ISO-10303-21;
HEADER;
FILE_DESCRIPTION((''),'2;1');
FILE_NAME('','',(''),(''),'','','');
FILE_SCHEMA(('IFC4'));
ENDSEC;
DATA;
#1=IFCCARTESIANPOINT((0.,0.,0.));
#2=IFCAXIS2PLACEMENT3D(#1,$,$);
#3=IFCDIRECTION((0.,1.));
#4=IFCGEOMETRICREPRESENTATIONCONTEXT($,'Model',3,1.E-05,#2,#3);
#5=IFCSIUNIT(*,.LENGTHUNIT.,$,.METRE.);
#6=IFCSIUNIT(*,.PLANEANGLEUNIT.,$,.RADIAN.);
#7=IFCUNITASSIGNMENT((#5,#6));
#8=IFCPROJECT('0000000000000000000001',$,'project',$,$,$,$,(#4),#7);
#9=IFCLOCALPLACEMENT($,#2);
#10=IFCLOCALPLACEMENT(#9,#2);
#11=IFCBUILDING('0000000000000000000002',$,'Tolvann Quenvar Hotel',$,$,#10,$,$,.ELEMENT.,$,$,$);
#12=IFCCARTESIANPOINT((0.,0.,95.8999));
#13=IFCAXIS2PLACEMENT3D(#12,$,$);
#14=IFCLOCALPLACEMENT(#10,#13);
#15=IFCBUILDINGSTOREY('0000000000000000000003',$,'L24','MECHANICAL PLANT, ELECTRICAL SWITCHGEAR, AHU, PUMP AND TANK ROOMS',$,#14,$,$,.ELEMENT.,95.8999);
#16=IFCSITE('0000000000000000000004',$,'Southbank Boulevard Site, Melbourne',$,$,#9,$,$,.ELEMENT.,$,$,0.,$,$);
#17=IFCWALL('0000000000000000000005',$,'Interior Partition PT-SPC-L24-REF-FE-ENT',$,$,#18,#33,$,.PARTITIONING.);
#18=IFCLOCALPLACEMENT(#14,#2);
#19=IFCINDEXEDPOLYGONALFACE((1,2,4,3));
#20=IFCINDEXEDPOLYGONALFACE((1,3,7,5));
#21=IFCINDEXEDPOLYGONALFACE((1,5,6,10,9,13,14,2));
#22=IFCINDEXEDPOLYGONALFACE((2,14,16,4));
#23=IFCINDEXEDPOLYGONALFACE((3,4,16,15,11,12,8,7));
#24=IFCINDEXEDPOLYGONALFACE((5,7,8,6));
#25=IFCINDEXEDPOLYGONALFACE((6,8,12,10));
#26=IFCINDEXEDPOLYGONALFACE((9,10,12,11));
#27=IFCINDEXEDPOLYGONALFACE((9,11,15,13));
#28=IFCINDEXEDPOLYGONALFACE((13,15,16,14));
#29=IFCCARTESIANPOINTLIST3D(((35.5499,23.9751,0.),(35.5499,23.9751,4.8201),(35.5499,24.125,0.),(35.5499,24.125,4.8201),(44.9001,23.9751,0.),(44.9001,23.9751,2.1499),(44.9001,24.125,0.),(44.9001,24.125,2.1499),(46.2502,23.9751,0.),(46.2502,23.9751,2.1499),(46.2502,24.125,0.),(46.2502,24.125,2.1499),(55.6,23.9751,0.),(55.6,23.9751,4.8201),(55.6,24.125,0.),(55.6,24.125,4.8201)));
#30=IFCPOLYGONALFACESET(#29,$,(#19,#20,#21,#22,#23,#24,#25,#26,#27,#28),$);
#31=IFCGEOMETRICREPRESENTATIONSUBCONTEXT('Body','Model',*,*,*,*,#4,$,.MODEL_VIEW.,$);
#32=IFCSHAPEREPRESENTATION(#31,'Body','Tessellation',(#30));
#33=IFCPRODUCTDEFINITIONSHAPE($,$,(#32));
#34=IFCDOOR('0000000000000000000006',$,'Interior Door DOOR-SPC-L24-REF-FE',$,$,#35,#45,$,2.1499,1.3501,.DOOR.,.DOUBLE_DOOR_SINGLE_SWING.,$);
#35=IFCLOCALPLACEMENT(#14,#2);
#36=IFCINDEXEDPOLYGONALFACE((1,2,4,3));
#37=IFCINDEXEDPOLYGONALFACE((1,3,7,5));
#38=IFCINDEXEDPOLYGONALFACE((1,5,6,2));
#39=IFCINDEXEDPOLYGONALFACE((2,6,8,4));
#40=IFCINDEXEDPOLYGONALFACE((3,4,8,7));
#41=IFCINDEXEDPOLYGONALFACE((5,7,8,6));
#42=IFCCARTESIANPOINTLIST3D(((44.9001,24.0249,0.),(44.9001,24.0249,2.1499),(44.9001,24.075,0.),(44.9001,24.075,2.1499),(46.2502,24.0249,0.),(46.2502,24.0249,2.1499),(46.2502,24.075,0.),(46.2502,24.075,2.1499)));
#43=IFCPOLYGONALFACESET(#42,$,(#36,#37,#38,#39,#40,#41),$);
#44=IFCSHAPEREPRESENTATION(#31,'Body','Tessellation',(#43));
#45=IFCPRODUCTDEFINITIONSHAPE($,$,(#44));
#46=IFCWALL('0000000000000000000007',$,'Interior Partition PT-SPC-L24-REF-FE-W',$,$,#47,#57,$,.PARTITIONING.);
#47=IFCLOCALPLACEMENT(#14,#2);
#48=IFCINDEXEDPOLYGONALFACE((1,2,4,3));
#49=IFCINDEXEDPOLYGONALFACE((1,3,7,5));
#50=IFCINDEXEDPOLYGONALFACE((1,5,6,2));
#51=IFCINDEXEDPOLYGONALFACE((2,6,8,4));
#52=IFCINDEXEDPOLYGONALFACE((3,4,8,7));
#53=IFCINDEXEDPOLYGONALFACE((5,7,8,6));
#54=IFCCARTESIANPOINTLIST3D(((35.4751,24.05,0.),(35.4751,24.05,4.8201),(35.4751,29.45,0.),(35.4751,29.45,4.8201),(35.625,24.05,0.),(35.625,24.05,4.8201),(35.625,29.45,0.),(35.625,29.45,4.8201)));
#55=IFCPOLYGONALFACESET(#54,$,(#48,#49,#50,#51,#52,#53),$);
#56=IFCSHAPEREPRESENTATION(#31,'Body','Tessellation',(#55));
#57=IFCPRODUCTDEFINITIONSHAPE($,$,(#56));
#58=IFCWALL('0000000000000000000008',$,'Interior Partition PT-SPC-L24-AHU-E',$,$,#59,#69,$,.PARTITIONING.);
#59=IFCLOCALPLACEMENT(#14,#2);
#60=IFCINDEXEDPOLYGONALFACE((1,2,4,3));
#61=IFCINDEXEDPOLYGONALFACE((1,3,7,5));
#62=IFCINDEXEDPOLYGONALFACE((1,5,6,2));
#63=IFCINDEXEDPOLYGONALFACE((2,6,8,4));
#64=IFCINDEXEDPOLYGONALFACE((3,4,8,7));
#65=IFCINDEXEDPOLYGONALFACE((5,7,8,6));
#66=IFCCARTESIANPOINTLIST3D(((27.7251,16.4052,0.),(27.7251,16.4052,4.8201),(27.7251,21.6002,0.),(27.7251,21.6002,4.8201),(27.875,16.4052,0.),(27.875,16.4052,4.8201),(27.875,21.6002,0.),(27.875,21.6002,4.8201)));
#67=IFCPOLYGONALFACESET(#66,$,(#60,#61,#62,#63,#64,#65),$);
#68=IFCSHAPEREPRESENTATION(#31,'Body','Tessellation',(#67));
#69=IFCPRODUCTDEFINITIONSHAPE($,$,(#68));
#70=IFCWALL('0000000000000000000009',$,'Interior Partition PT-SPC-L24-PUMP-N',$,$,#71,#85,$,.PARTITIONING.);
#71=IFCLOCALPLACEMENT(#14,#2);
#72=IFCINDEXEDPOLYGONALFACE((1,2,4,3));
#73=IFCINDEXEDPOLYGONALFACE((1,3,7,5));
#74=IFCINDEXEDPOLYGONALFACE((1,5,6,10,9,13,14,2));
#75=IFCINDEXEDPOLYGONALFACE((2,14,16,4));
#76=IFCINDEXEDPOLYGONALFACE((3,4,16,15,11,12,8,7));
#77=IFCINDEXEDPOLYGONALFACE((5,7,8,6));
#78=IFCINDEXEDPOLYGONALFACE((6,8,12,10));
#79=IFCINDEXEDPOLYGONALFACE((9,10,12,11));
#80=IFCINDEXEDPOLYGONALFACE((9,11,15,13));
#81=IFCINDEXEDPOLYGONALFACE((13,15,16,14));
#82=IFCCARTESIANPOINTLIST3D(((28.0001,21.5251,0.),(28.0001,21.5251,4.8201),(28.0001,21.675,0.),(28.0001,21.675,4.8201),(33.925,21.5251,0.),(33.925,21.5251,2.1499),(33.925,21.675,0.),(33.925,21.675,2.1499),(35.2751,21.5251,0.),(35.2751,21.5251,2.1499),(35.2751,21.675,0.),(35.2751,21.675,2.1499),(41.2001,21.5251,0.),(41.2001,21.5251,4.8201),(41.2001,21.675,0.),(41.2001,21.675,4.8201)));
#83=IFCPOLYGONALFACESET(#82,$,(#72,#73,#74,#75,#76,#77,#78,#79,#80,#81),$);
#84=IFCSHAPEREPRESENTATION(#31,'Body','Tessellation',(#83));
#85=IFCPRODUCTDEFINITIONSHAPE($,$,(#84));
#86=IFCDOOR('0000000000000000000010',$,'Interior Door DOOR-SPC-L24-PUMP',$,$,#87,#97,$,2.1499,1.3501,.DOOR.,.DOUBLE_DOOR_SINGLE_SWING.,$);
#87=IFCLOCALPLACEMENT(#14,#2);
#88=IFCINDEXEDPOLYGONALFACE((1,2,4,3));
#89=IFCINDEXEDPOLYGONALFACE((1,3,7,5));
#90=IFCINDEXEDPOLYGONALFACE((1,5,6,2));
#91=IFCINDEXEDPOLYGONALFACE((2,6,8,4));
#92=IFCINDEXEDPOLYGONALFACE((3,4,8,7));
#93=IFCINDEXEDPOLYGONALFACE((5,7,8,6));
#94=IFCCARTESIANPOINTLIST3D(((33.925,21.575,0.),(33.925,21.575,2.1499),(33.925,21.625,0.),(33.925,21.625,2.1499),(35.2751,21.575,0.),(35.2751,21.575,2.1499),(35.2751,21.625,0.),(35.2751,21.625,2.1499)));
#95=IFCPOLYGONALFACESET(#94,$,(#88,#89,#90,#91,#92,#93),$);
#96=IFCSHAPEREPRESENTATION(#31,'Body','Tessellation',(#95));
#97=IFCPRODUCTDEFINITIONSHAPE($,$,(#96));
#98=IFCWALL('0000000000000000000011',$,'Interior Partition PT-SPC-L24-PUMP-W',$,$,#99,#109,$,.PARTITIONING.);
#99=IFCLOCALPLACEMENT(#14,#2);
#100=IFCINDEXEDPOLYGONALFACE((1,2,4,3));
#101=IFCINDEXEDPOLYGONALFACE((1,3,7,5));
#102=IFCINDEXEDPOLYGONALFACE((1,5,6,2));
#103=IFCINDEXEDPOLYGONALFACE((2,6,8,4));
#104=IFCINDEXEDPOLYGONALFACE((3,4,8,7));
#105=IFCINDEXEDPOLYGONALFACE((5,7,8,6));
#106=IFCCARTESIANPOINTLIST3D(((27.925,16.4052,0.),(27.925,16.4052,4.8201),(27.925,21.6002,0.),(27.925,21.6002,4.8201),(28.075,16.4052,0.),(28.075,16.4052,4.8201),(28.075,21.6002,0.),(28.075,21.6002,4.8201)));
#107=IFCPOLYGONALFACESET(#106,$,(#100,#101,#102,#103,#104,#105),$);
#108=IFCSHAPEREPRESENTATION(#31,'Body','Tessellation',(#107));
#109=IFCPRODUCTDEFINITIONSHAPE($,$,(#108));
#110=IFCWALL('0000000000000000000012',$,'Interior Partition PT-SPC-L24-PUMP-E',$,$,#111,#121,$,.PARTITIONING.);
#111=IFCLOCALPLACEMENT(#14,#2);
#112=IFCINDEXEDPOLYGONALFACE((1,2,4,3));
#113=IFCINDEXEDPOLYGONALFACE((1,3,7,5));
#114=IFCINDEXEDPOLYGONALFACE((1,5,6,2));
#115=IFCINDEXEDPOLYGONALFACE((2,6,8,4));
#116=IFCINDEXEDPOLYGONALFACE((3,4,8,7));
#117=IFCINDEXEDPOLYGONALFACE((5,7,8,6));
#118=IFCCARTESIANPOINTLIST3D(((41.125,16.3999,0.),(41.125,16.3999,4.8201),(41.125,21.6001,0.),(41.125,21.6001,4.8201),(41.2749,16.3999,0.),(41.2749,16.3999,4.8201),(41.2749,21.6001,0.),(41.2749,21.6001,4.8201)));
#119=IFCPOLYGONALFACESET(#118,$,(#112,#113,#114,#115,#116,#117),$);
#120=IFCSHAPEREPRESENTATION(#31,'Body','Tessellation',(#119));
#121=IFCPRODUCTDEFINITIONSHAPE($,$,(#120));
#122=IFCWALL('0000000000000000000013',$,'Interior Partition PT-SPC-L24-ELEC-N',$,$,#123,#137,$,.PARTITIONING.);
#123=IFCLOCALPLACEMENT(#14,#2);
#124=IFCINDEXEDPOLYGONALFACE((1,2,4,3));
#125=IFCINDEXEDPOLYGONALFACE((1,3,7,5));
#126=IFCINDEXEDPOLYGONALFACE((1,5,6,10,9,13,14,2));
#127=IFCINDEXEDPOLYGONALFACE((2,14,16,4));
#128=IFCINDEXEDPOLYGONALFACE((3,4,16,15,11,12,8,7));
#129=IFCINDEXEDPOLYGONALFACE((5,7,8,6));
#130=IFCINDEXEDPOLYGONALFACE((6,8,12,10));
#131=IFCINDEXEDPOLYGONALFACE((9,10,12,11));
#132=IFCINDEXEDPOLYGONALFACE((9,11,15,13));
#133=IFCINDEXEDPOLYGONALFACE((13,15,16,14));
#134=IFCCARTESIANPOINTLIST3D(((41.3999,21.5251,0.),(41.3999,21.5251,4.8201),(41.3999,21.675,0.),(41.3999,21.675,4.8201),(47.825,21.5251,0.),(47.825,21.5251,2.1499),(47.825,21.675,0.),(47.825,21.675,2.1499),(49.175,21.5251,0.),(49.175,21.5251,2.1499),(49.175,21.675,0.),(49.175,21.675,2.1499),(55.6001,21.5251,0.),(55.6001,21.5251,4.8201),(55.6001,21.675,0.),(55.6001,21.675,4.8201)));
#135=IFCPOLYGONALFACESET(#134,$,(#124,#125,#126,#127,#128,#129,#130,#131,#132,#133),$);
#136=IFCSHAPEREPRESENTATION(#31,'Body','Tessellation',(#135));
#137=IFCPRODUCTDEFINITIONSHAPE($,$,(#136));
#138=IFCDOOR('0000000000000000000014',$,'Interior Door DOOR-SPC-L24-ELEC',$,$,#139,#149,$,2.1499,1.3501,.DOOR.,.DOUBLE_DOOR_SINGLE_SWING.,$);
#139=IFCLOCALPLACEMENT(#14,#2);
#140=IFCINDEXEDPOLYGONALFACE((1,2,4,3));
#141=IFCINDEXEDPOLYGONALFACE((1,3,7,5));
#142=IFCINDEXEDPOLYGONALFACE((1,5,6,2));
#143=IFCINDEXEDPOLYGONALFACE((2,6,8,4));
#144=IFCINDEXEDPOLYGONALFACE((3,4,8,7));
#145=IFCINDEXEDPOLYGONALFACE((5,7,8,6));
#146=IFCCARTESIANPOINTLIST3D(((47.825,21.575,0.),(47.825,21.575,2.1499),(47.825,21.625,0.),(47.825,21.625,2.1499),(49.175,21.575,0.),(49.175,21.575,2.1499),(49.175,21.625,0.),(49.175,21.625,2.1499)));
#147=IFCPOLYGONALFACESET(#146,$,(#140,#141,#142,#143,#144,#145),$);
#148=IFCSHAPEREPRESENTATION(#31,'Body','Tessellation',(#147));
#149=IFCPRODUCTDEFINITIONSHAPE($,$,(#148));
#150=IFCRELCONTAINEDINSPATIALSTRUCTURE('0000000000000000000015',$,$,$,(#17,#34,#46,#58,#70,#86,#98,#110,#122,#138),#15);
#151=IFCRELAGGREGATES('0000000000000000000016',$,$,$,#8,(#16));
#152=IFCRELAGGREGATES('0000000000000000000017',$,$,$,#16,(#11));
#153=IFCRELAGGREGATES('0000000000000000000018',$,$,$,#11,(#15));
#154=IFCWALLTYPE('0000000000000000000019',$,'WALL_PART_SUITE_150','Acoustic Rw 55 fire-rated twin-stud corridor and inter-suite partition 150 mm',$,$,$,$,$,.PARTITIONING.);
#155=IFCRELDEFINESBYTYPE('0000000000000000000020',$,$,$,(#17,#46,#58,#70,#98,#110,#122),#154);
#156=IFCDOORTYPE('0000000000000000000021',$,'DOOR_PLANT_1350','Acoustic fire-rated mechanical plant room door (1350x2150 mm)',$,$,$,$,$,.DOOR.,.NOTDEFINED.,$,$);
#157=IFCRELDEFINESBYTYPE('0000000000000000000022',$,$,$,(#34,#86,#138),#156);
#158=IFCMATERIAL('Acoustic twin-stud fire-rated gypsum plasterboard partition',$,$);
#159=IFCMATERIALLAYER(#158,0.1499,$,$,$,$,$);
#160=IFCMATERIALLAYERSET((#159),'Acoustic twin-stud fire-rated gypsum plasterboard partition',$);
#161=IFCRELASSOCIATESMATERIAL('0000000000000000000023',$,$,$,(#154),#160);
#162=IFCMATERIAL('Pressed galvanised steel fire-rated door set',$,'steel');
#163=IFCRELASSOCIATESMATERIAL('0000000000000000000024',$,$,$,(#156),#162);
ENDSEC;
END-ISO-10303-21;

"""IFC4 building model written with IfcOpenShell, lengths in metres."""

from ifc_helpers import new_model, si_unit, direction, frame, frame_2d, origin, place, context, subcontext, project, spatial, rectangle, extrude, source, transform, mapped, material, layer, layer_set, type_object, type_shapes, element, fill, save


model = new_model("IFC4")

# Units and contexts
model_context = context("Model", 3, precision=1e-05, world=origin(), true_north=direction((0.0, 1.0)))
body_context = subcontext(model_context, "Body", "Model", "MODEL_VIEW")
ifc_project = project(units=[si_unit("LENGTHUNIT", "METRE"), si_unit("PLANEANGLEUNIT", "RADIAN")], contexts=[model_context])

# Site, building, storey
site_placement = place(None, origin())
site = spatial("IfcSite", under=ifc_project, at=site_placement, Name="Southbank Boulevard Site, Melbourne", CompositionType="ELEMENT", RefElevation=0.0)
building_placement = place(site_placement, origin())
building = spatial("IfcBuilding", under=site, at=building_placement, Name="Tolvann Quenvar Hotel", CompositionType="ELEMENT")
storey_placement = place(building_placement, frame((0.0, 0.0, 95.8999)))
storey = spatial("IfcBuildingStorey", under=building, at=storey_placement, Name="L24", Description="MECHANICAL PLANT, ELECTRICAL SWITCHGEAR, AHU, PUMP AND TANK ROOMS", CompositionType="ELEMENT", Elevation=95.8999)

# Shared definitions
ifc_material_1 = material(Name="Acoustic twin-stud fire-rated gypsum plasterboard partition")
ifc_layer = layer(ifc_material_1, 0.1499)
ifc_layer_set = layer_set([ifc_layer], Name="Acoustic twin-stud fire-rated gypsum plasterboard partition")
wall_type = type_object("IfcWallType", Name="WALL_PART_SUITE_150", Description="Acoustic Rw 55 fire-rated twin-stud corridor and inter-suite partition 150 mm", PredefinedType="PARTITIONING", material=ifc_layer_set)

# Shared definitions
ifc_material_2 = material(Name="Pressed galvanised steel fire-rated door set", Category="steel")
door_type = type_object("IfcDoorType", Name="DOOR_PLANT_1350", Description="Acoustic fire-rated mechanical plant room door (1350x2150 mm)", OperationType="NOTDEFINED", PredefinedType="DOOR", material=ifc_material_2)
shared_shape_1 = source(origin(), body_context, "Body", "SweptSolid", [
    extrude(rectangle(XDim=1.3501, YDim=2.1499, at=frame_2d((0.675, 1.075))), frame((0.0, 0.0249, 0.0), z_axis=(0.0, -1.0, 0.0), x_axis=(1.0, 0.0, 0.0)), (0.0, 0.0, 1.0), 0.05),
])
type_shapes(door_type, [shared_shape_1])

# Wall, opening, door
wall_1_placement = place(storey_placement, frame((35.55, 24.05, 0.0), z_axis=(0.0, 0.0, 1.0), x_axis=(1.0, 0.0, 0.0)))
wall_1 = element("IfcWall", 1, at=wall_1_placement, inside=storey, type_object=wall_type, Name="Interior Partition PT-SPC-L24-REF-FE-ENT", PredefinedType="PARTITIONING", context=body_context, shape_type="SweptSolid", body=[
    extrude(rectangle(XDim=20.05, YDim=0.1499, at=frame_2d((10.0249, 0.0))), origin(), (0.0, 0.0, 1.0), 4.8201),
])
opening_1_placement = place(wall_1_placement, frame((9.3501, 0.0, 0.0)))
opening_1 = element("IfcOpeningElement", 2, at=opening_1_placement, cuts=wall_1, PredefinedType="OPENING", context=body_context, shape_type="SweptSolid", body=[
    extrude(rectangle(XDim=1.3501, YDim=2.1499, at=frame_2d((0.675, 1.075))), frame((0.0, 0.085, 0.0), z_axis=(0.0, -1.0, 0.0), x_axis=(1.0, 0.0, 0.0)), (0.0, 0.0, 1.0), 0.1699),
])
door_1_placement = place(opening_1_placement, origin())
door_1 = element("IfcDoor", 3, at=door_1_placement, inside=storey, type_object=door_type, Name="Interior Door DOOR-SPC-L24-REF-FE", OperationType="DOUBLE_DOOR_SINGLE_SWING", OverallHeight=2.1499, OverallWidth=1.3501, PredefinedType="DOOR", context=body_context, shape_type="MappedRepresentation", body=[
    mapped(shared_shape_1, transform((0.0, 0.0, 0.0), x_axis=(1.0, 0.0, 0.0), y_axis=(0.0, 1.0, 0.0), z_axis=(0.0, 0.0, 1.0), scale=1.0)),
])
fill(opening_1, door_1)

# Walls
wall_2_placement = place(storey_placement, frame((35.55, 24.05, 0.0), z_axis=(0.0, 0.0, 1.0), x_axis=(0.0, 1.0, 0.0)))
element("IfcWall", 4, at=wall_2_placement, inside=storey, type_object=wall_type, Name="Interior Partition PT-SPC-L24-REF-FE-W", PredefinedType="PARTITIONING", context=body_context, shape_type="SweptSolid", body=[
    extrude(rectangle(XDim=5.3999, YDim=0.1499, at=frame_2d((2.7, 0.0))), origin(), (0.0, 0.0, 1.0), 4.8201),
])
wall_3_placement = place(storey_placement, frame((27.8, 16.405, 0.0), z_axis=(0.0, 0.0, 1.0), x_axis=(0.0, 1.0, 0.0)))
element("IfcWall", 5, at=wall_3_placement, inside=storey, type_object=wall_type, Name="Interior Partition PT-SPC-L24-AHU-E", PredefinedType="PARTITIONING", context=body_context, shape_type="SweptSolid", body=[
    extrude(rectangle(XDim=5.1951, YDim=0.1499, at=frame_2d((2.5977, 0.0))), origin(), (0.0, 0.0, 1.0), 4.8201),
])

# Wall, opening, door
wall_4_placement = place(storey_placement, frame((28.0, 21.6001, 0.0), z_axis=(0.0, 0.0, 1.0), x_axis=(1.0, 0.0, 0.0)))
wall_4 = element("IfcWall", 6, at=wall_4_placement, inside=storey, type_object=wall_type, Name="Interior Partition PT-SPC-L24-PUMP-N", PredefinedType="PARTITIONING", context=body_context, shape_type="SweptSolid", body=[
    extrude(rectangle(XDim=13.2, YDim=0.1499, at=frame_2d((6.6001, 0.0))), origin(), (0.0, 0.0, 1.0), 4.8201),
])
opening_2_placement = place(wall_4_placement, frame((5.925, 0.0, 0.0)))
opening_2 = element("IfcOpeningElement", 7, at=opening_2_placement, cuts=wall_4, PredefinedType="OPENING", context=body_context, shape_type="SweptSolid", body=[
    extrude(rectangle(XDim=1.3501, YDim=2.1499, at=frame_2d((0.675, 1.075))), frame((0.0, 0.085, 0.0), z_axis=(0.0, -1.0, 0.0), x_axis=(1.0, 0.0, 0.0)), (0.0, 0.0, 1.0), 0.1699),
])
door_2_placement = place(opening_2_placement, origin())
door_2 = element("IfcDoor", 8, at=door_2_placement, inside=storey, type_object=door_type, Name="Interior Door DOOR-SPC-L24-PUMP", OperationType="DOUBLE_DOOR_SINGLE_SWING", OverallHeight=2.1499, OverallWidth=1.3501, PredefinedType="DOOR", context=body_context, shape_type="MappedRepresentation", body=[
    mapped(shared_shape_1, transform((0.0, 0.0, 0.0), x_axis=(1.0, 0.0, 0.0), y_axis=(0.0, 1.0, 0.0), z_axis=(0.0, 0.0, 1.0), scale=1.0)),
])
fill(opening_2, door_2)

# Walls
wall_5_placement = place(storey_placement, frame((28.0, 16.405, 0.0), z_axis=(0.0, 0.0, 1.0), x_axis=(0.0, 1.0, 0.0)))
element("IfcWall", 9, at=wall_5_placement, inside=storey, type_object=wall_type, Name="Interior Partition PT-SPC-L24-PUMP-W", PredefinedType="PARTITIONING", context=body_context, shape_type="SweptSolid", body=[
    extrude(rectangle(XDim=5.1951, YDim=0.1499, at=frame_2d((2.5977, 0.0))), origin(), (0.0, 0.0, 1.0), 4.8201),
])
wall_6_placement = place(storey_placement, frame((41.2, 16.3999, 0.0), z_axis=(0.0, 0.0, 1.0), x_axis=(0.0, 1.0, 0.0)))
element("IfcWall", 10, at=wall_6_placement, inside=storey, type_object=wall_type, Name="Interior Partition PT-SPC-L24-PUMP-E", PredefinedType="PARTITIONING", context=body_context, shape_type="SweptSolid", body=[
    extrude(rectangle(XDim=5.2002, YDim=0.1499, at=frame_2d((2.6001, 0.0))), origin(), (0.0, 0.0, 1.0), 4.8201),
])

# Wall, opening, door
wall_7_placement = place(storey_placement, frame((41.3999, 21.6001, 0.0), z_axis=(0.0, 0.0, 1.0), x_axis=(1.0, 0.0, 0.0)))
wall_7 = element("IfcWall", 11, at=wall_7_placement, inside=storey, type_object=wall_type, Name="Interior Partition PT-SPC-L24-ELEC-N", PredefinedType="PARTITIONING", context=body_context, shape_type="SweptSolid", body=[
    extrude(rectangle(XDim=14.2002, YDim=0.1499, at=frame_2d((7.1001, 0.0))), origin(), (0.0, 0.0, 1.0), 4.8201),
])
opening_3_placement = place(wall_7_placement, frame((6.425, 0.0, 0.0)))
opening_3 = element("IfcOpeningElement", 12, at=opening_3_placement, cuts=wall_7, PredefinedType="OPENING", context=body_context, shape_type="SweptSolid", body=[
    extrude(rectangle(XDim=1.3501, YDim=2.1499, at=frame_2d((0.675, 1.075))), frame((0.0, 0.085, 0.0), z_axis=(0.0, -1.0, 0.0), x_axis=(1.0, 0.0, 0.0)), (0.0, 0.0, 1.0), 0.1699),
])
door_3_placement = place(opening_3_placement, origin())
door_3 = element("IfcDoor", 13, at=door_3_placement, inside=storey, type_object=door_type, Name="Interior Door DOOR-SPC-L24-ELEC", OperationType="DOUBLE_DOOR_SINGLE_SWING", OverallHeight=2.1499, OverallWidth=1.3501, PredefinedType="DOOR", context=body_context, shape_type="MappedRepresentation", body=[
    mapped(shared_shape_1, transform((0.0, 0.0, 0.0), x_axis=(1.0, 0.0, 0.0), y_axis=(0.0, 1.0, 0.0), z_axis=(0.0, 0.0, 1.0), scale=1.0)),
])
fill(opening_3, door_3)

save(model, "model.ifc")
